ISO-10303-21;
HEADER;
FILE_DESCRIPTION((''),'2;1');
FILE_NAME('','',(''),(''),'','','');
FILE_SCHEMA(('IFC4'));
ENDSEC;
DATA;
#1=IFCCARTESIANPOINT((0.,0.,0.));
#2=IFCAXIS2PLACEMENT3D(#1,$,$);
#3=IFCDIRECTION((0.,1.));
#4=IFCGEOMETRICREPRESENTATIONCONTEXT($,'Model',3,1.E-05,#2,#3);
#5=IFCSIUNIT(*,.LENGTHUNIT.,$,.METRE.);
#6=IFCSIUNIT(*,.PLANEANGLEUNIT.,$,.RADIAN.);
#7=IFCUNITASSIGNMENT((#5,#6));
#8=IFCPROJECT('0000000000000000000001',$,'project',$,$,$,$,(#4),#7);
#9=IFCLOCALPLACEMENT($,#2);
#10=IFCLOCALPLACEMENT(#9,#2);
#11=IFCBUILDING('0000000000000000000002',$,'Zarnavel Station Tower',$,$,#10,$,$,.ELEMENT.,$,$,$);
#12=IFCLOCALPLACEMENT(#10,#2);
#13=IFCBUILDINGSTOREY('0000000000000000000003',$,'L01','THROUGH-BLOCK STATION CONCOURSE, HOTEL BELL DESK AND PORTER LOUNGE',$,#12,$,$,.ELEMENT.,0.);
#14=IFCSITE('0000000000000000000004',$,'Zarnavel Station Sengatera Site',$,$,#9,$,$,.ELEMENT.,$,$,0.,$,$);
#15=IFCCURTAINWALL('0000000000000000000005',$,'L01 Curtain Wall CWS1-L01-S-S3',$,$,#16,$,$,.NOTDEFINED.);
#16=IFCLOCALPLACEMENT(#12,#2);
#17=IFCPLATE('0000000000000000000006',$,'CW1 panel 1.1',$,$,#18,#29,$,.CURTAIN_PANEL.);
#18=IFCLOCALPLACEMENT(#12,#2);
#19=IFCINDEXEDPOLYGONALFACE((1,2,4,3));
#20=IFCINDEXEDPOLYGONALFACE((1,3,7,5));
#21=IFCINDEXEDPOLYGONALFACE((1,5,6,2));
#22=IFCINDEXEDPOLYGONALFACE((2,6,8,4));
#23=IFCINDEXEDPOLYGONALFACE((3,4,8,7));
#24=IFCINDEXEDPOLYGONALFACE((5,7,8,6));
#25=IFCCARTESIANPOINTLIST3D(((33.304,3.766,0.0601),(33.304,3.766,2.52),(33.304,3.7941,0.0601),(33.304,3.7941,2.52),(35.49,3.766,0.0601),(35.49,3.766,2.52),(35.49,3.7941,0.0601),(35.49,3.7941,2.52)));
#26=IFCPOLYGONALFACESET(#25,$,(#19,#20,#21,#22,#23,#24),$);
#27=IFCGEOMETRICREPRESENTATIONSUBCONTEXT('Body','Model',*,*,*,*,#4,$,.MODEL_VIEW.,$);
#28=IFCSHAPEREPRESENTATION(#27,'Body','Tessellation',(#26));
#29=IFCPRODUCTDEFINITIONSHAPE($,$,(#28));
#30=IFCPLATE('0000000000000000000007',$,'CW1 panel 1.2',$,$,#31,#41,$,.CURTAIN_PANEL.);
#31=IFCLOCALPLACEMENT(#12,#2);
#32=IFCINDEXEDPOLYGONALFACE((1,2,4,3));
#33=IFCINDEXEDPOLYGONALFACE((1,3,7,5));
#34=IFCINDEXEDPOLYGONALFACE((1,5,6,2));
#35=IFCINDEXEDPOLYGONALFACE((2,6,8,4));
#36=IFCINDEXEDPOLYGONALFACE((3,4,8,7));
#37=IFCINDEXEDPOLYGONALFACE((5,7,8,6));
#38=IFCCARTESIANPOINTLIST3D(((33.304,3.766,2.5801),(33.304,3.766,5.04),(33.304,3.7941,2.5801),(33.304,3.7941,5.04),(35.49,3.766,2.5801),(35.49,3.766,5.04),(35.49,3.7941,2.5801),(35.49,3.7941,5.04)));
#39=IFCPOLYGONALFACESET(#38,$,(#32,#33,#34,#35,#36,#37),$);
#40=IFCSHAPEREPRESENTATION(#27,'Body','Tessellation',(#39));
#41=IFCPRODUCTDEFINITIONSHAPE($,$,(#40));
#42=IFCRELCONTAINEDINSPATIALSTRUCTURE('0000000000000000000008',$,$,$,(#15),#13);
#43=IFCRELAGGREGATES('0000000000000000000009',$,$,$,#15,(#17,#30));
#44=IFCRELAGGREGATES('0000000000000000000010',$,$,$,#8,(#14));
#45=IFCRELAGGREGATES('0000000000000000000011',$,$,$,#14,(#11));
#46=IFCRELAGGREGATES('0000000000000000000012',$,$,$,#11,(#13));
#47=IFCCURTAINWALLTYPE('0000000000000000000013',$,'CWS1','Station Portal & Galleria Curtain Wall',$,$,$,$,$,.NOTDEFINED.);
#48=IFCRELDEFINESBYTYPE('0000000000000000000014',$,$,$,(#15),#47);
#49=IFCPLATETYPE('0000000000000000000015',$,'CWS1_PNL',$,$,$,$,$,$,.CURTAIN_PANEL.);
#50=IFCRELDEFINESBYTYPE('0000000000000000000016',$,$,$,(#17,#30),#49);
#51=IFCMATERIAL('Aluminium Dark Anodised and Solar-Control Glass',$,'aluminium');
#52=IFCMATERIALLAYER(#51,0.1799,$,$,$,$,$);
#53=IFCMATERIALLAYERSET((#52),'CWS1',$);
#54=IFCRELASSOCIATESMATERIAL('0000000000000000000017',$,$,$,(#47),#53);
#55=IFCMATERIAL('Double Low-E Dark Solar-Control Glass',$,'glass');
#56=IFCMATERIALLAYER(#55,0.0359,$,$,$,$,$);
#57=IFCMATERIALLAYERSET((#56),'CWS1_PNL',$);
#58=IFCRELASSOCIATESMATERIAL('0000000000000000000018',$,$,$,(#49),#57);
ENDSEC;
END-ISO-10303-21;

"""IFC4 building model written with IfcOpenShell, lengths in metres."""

from ifc_helpers import new_model, si_unit, direction, frame, origin, origin_2d, place, context, subcontext, project, spatial, rectangle, extrude, material, layer, layer_set, type_object, element, aggregate, save


model = new_model("IFC4")

# Units and contexts
model_context = context("Model", 3, precision=1e-05, world=origin(), true_north=direction((0.0, 1.0)))
body_context = subcontext(model_context, "Body", "Model", "MODEL_VIEW")
ifc_project = project(units=[si_unit("LENGTHUNIT", "METRE"), si_unit("PLANEANGLEUNIT", "RADIAN")], contexts=[model_context])

# Site, building, storey
site_placement = place(None, origin())
site = spatial("IfcSite", under=ifc_project, at=site_placement, Name="Zarnavel Station Sengatera Site", CompositionType="ELEMENT", RefElevation=0.0)
building_placement = place(site_placement, origin())
building = spatial("IfcBuilding", under=site, at=building_placement, Name="Zarnavel Station Tower", CompositionType="ELEMENT")
storey_placement = place(building_placement, origin())
storey = spatial("IfcBuildingStorey", under=building, at=storey_placement, Name="L01", Description="THROUGH-BLOCK STATION CONCOURSE, HOTEL BELL DESK AND PORTER LOUNGE", CompositionType="ELEMENT", Elevation=0.0)

# Shared definitions
ifc_material_1 = material(Name="Aluminium Dark Anodised and Solar-Control Glass", Category="aluminium")
ifc_layer_1 = layer(ifc_material_1, 0.1799)
ifc_layer_set_1 = layer_set([ifc_layer_1], Name="CWS1")
curtain_wall_type = type_object("IfcCurtainWallType", Name="CWS1", Description="Station Portal & Galleria Curtain Wall", PredefinedType="NOTDEFINED", material=ifc_layer_set_1)

# Curtain wall
curtain_wall_1_placement = place(storey_placement, origin())
curtain_wall_1 = element("IfcCurtainWall", 1, at=curtain_wall_1_placement, inside=storey, type_object=curtain_wall_type, Name="L01 Curtain Wall CWS1-L01-S-S3", PredefinedType="NOTDEFINED")

# Plates
ifc_material_2 = material(Name="Double Low-E Dark Solar-Control Glass", Category="glass")
ifc_layer_2 = layer(ifc_material_2, 0.0359)
ifc_layer_set_2 = layer_set([ifc_layer_2], Name="CWS1_PNL")
plate_type = type_object("IfcPlateType", Name="CWS1_PNL", PredefinedType="CURTAIN_PANEL", material=ifc_layer_set_2)
plate_1_placement = place(storey_placement, frame((34.397, 3.78, 0.0601), z_axis=(0.0, 0.0, 1.0), x_axis=(1.0, 0.0, 0.0)))
plate_1 = element("IfcPlate", 2, at=plate_1_placement, type_object=plate_type, Name="CW1 panel 1.1", PredefinedType="CURTAIN_PANEL", context=body_context, shape_type="SweptSolid", body=[
    extrude(rectangle(XDim=2.186, YDim=0.0281, at=origin_2d()), origin(), (0.0, 0.0, 1.0), 2.46),
])
plate_2_placement = place(storey_placement, frame((34.397, 3.78, 2.5801), z_axis=(0.0, 0.0, 1.0), x_axis=(1.0, 0.0, 0.0)))
plate_2 = element("IfcPlate", 3, at=plate_2_placement, type_object=plate_type, Name="CW1 panel 1.2", PredefinedType="CURTAIN_PANEL", context=body_context, shape_type="SweptSolid", body=[
    extrude(rectangle(XDim=2.186, YDim=0.0281, at=origin_2d()), origin(), (0.0, 0.0, 1.0), 2.46),
])
aggregate(curtain_wall_1, [plate_1, plate_2])

save(model, "model.ifc")
